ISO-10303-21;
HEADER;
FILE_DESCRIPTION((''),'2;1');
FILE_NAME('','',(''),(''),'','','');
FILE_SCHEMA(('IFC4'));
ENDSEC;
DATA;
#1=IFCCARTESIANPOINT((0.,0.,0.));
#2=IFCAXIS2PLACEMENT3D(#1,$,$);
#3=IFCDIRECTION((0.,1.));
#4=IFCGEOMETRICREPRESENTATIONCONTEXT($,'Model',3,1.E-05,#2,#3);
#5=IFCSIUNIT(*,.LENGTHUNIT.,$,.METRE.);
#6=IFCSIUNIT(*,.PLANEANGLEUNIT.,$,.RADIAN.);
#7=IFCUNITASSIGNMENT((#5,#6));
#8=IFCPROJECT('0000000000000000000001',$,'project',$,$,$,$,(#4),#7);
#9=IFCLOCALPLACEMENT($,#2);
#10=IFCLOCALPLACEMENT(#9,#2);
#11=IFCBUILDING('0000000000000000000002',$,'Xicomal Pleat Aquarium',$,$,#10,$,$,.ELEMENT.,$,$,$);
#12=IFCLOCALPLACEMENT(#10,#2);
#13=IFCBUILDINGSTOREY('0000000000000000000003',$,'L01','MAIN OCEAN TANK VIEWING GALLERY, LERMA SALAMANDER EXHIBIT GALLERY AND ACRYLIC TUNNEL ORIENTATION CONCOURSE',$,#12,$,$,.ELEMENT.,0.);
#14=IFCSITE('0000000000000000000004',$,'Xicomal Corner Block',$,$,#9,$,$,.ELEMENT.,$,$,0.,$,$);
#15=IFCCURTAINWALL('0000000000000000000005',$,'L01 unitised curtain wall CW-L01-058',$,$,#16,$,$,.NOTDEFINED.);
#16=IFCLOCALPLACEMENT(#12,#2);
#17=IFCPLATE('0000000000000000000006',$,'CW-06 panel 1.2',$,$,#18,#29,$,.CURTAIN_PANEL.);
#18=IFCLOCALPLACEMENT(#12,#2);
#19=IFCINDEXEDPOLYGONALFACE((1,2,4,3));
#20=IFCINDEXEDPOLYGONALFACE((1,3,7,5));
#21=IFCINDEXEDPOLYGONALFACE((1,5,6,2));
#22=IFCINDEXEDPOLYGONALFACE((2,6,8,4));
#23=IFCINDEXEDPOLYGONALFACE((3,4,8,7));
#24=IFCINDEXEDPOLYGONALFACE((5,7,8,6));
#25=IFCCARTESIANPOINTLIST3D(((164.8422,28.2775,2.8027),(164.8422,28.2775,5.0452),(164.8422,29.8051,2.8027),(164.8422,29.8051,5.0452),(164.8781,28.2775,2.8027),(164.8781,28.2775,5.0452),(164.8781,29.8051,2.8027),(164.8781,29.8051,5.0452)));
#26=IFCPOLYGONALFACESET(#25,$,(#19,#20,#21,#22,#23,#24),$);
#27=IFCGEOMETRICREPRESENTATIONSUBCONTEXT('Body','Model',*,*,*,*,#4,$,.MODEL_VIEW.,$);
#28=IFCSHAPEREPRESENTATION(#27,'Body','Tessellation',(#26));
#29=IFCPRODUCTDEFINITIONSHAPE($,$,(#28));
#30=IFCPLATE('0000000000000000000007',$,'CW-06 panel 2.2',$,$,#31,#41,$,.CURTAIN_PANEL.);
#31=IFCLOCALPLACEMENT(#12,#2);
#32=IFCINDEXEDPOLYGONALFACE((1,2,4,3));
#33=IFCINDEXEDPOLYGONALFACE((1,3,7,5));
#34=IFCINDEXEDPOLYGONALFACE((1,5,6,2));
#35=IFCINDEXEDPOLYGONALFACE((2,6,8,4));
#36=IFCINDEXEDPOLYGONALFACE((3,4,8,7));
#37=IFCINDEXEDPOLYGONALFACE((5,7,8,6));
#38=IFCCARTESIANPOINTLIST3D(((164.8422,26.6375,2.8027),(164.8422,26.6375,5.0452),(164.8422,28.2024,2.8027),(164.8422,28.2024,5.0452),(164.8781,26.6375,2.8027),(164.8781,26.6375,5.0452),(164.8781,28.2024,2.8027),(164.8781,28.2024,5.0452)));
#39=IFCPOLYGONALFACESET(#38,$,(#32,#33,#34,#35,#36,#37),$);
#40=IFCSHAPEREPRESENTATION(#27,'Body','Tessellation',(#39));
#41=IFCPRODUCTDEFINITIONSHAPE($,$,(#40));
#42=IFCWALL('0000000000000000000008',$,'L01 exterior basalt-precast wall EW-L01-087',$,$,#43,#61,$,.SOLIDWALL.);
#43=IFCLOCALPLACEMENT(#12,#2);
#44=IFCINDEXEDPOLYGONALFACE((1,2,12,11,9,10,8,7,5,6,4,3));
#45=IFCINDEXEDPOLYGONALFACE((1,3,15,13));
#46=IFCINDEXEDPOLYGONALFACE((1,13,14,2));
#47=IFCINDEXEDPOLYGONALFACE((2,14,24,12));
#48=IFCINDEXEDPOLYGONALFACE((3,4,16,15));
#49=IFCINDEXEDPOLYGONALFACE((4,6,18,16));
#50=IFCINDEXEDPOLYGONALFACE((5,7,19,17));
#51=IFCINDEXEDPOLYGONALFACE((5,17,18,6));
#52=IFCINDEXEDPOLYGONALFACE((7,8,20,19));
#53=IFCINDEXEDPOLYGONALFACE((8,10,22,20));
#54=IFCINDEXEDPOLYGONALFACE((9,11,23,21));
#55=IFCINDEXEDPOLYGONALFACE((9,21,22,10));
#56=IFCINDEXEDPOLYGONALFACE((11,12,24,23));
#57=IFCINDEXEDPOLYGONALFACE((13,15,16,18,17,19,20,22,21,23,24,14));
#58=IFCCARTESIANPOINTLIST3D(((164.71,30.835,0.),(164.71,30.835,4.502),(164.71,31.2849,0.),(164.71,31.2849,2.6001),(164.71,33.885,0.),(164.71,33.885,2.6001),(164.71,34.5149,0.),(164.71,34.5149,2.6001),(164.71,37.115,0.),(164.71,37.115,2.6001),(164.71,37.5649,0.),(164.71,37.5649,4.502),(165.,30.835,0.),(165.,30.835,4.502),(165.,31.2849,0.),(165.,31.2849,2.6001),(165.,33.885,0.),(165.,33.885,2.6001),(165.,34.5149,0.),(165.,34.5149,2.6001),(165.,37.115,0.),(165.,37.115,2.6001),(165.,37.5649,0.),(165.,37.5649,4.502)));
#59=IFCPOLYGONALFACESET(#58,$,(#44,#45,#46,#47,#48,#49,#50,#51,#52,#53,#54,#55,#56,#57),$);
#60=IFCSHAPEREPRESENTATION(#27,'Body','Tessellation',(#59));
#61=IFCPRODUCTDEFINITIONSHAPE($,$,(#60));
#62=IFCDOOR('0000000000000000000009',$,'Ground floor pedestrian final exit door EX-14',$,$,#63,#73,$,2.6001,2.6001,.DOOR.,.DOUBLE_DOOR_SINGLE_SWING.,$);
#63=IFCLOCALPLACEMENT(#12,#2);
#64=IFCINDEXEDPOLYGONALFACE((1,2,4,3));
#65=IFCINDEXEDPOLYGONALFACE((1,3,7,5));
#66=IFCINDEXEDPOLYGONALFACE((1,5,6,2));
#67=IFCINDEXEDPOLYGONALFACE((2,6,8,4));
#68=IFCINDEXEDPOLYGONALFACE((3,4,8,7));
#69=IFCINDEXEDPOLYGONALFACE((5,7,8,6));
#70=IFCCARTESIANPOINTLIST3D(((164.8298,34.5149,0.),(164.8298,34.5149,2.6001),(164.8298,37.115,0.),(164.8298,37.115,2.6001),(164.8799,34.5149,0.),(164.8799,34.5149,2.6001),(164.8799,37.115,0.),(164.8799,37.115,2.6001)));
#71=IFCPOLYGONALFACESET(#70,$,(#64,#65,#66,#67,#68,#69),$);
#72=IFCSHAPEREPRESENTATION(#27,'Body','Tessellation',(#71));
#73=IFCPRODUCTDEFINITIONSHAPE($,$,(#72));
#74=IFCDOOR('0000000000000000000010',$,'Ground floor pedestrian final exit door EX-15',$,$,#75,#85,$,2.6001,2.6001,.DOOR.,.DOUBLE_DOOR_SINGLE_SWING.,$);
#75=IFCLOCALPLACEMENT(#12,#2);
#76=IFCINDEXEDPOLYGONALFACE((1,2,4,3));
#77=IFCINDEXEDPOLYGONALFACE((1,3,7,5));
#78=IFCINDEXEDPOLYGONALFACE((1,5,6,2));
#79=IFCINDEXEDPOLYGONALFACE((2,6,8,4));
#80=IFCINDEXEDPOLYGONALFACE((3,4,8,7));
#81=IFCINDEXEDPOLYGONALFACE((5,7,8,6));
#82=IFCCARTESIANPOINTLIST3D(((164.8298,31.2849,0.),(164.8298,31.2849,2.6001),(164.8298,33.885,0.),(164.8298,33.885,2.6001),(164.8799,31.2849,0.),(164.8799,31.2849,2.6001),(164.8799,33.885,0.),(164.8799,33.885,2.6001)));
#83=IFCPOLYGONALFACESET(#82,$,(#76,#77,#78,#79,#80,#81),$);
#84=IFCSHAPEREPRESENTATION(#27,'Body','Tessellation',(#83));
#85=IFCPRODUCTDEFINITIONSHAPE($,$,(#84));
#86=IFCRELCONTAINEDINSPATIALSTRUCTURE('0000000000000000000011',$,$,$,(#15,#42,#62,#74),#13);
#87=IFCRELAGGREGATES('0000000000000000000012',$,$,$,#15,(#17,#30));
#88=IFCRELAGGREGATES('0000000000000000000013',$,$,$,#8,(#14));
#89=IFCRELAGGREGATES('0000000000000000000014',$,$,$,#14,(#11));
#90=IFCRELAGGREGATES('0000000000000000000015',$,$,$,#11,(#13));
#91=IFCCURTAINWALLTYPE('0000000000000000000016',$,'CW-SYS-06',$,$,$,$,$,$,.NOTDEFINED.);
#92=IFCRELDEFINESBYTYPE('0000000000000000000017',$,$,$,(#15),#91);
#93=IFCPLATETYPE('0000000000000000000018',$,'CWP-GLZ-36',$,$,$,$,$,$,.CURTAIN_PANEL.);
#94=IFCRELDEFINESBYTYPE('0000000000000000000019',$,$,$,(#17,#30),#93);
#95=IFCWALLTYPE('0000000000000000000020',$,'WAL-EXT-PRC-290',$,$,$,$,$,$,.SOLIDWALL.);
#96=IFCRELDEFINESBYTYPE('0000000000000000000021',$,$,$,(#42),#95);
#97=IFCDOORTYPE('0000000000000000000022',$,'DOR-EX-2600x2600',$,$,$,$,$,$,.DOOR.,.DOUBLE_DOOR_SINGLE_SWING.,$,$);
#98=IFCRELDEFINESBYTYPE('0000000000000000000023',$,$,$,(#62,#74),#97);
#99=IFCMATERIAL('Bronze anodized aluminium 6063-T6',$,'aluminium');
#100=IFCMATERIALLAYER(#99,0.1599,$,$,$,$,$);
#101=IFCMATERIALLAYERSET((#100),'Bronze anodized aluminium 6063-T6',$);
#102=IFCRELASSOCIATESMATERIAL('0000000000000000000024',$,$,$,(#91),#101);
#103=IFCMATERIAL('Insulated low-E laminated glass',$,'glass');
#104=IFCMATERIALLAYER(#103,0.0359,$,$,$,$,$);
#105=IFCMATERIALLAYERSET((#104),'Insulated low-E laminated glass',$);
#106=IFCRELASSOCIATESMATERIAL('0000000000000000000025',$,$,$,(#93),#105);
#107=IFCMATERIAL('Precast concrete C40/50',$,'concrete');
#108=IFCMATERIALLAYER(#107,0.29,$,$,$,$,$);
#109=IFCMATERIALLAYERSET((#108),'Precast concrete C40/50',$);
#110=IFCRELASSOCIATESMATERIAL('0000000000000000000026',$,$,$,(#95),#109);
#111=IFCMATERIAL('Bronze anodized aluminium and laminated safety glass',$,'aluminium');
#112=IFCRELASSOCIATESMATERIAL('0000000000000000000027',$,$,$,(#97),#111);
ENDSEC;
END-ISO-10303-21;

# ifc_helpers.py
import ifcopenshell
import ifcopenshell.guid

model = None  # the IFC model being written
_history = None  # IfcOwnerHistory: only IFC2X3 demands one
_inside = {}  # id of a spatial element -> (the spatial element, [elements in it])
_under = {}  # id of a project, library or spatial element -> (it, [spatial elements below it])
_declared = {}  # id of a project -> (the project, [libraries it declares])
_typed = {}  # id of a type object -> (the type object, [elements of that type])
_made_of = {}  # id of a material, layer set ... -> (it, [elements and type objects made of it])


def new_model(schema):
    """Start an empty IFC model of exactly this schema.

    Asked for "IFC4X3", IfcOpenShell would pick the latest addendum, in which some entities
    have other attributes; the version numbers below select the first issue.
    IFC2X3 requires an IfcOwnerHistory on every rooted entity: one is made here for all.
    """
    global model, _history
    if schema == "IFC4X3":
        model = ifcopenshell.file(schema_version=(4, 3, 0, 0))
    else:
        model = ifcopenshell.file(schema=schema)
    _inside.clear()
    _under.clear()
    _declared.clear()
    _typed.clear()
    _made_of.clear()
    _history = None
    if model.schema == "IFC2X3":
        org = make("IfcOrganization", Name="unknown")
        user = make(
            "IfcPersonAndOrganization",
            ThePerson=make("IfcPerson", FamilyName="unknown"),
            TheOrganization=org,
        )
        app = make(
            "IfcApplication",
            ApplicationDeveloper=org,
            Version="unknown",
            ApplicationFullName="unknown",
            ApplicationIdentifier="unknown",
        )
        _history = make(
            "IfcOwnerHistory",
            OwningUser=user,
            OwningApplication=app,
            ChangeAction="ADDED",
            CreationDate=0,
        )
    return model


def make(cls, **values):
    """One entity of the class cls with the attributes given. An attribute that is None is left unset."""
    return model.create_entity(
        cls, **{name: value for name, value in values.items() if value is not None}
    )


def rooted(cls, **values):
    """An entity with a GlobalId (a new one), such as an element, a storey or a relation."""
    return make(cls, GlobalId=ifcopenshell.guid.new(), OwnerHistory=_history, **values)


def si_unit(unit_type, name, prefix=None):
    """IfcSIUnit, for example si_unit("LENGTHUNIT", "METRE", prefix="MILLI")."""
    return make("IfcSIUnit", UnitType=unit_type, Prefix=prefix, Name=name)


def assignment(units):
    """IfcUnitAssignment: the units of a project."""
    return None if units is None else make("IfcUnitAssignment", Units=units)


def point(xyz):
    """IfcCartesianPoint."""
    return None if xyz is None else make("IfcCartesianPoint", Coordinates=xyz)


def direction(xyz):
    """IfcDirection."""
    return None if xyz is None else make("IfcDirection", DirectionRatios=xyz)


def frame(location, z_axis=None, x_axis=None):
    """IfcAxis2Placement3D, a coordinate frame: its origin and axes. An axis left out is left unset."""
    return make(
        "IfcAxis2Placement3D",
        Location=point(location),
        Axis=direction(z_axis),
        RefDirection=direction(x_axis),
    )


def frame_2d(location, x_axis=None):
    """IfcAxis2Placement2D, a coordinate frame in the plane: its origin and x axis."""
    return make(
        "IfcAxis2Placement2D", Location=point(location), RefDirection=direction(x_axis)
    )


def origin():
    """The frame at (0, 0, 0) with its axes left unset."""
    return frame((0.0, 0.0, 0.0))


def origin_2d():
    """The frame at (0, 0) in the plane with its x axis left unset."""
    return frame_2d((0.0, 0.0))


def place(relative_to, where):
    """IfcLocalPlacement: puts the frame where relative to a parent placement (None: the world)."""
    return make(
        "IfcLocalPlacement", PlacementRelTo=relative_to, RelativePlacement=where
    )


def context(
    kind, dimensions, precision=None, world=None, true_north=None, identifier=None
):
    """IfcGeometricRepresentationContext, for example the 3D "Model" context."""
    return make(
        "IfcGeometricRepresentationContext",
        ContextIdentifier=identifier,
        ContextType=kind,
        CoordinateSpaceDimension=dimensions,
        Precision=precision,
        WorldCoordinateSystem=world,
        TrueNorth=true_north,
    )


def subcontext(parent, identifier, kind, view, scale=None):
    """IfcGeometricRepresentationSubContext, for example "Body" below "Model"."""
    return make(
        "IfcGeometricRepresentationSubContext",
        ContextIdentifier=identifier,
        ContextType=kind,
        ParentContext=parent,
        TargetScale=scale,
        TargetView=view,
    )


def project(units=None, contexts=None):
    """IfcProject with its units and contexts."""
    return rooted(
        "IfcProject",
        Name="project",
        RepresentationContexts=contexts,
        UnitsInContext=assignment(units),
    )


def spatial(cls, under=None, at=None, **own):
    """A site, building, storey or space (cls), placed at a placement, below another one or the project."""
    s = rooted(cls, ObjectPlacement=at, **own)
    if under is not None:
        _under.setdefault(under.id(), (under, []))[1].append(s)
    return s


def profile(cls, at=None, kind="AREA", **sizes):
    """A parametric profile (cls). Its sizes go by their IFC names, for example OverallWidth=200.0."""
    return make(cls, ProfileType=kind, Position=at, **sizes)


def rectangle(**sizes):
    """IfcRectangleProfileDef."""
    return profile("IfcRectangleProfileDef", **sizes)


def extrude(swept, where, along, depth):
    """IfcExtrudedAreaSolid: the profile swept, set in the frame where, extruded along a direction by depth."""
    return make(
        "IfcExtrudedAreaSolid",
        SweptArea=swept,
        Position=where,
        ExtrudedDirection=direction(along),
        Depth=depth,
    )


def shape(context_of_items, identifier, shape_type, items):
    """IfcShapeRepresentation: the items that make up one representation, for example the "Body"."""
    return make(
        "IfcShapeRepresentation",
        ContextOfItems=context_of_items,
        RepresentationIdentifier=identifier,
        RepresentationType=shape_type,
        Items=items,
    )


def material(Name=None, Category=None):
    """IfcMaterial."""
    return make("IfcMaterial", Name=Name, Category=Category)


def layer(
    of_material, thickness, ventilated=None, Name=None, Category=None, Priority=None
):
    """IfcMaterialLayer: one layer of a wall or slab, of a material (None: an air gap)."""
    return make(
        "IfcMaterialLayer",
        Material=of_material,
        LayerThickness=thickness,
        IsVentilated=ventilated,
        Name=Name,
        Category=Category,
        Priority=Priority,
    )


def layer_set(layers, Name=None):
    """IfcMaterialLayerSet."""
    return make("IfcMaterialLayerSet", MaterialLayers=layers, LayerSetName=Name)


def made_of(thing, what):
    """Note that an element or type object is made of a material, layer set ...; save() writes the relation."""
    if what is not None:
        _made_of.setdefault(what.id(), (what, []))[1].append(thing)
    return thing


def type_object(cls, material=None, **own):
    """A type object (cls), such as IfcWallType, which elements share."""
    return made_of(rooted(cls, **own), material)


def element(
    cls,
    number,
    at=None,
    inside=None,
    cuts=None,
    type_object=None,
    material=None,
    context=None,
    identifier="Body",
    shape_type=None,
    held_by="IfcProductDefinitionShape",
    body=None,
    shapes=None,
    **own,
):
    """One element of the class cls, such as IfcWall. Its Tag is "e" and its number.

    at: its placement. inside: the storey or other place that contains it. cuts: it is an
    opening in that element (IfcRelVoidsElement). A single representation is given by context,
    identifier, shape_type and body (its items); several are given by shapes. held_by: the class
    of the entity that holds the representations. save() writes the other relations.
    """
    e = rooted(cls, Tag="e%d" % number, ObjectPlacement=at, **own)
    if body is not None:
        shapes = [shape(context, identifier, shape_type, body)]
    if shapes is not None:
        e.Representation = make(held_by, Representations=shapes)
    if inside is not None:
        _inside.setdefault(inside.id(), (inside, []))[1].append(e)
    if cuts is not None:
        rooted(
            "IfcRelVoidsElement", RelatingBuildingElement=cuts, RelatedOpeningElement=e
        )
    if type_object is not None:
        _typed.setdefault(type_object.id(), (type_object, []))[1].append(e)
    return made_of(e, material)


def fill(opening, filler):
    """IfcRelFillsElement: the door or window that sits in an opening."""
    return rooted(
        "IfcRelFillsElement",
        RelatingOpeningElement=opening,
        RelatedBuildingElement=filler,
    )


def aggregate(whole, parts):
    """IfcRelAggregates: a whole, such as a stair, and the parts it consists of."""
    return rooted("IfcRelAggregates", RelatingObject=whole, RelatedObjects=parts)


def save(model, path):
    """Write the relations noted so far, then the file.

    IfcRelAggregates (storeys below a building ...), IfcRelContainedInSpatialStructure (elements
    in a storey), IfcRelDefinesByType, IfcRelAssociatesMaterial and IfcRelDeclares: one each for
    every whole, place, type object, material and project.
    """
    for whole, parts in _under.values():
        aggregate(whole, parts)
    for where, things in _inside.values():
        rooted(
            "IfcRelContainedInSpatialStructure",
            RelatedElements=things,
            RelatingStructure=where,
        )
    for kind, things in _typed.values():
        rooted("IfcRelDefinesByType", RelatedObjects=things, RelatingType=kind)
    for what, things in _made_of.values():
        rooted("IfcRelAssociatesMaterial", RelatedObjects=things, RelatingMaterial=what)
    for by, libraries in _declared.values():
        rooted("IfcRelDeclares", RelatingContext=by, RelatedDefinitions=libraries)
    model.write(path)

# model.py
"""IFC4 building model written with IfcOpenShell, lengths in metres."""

from ifc_helpers import new_model, si_unit, direction, frame, frame_2d, origin, origin_2d, place, context, subcontext, project, spatial, rectangle, extrude, material, layer, layer_set, type_object, element, fill, aggregate, save


model = new_model("IFC4")

# Units and contexts
model_context = context("Model", 3, precision=1e-05, world=origin(), true_north=direction((0.0, 1.0)))
body_context = subcontext(model_context, "Body", "Model", "MODEL_VIEW")
ifc_project = project(units=[si_unit("LENGTHUNIT", "METRE"), si_unit("PLANEANGLEUNIT", "RADIAN")], contexts=[model_context])

# Site, building, storey
site_placement = place(None, origin())
site = spatial("IfcSite", under=ifc_project, at=site_placement, Name="Xicomal Corner Block", CompositionType="ELEMENT", RefElevation=0.0)
building_placement = place(site_placement, origin())
building = spatial("IfcBuilding", under=site, at=building_placement, Name="Xicomal Pleat Aquarium", CompositionType="ELEMENT")
storey_placement = place(building_placement, origin())
storey = spatial("IfcBuildingStorey", under=building, at=storey_placement, Name="L01", Description="MAIN OCEAN TANK VIEWING GALLERY, LERMA SALAMANDER EXHIBIT GALLERY AND ACRYLIC TUNNEL ORIENTATION CONCOURSE", CompositionType="ELEMENT", Elevation=0.0)

# Curtain wall
ifc_material_1 = material(Name="Bronze anodized aluminium 6063-T6", Category="aluminium")
ifc_layer_1 = layer(ifc_material_1, 0.1599)
ifc_layer_set_1 = layer_set([ifc_layer_1], Name="Bronze anodized aluminium 6063-T6")
curtain_wall_type_1 = type_object("IfcCurtainWallType", Name="CW-SYS-06", PredefinedType="NOTDEFINED", material=ifc_layer_set_1)
curtain_wall_1_placement = place(storey_placement, origin())
curtain_wall_1 = element("IfcCurtainWall", 1, at=curtain_wall_1_placement, inside=storey, type_object=curtain_wall_type_1, Name="L01 unitised curtain wall CW-L01-058", PredefinedType="NOTDEFINED")

# Plates
ifc_material_2 = material(Name="Insulated low-E laminated glass", Category="glass")
ifc_layer_2 = layer(ifc_material_2, 0.0359)
ifc_layer_set_2 = layer_set([ifc_layer_2], Name="Insulated low-E laminated glass")
plate_type_1 = type_object("IfcPlateType", Name="CWP-GLZ-36", PredefinedType="CURTAIN_PANEL", material=ifc_layer_set_2)
plate_1_placement = place(storey_placement, frame((164.8601, 29.0413, 2.8027), z_axis=(0.0, 0.0, 1.0), x_axis=(0.0, -1.0, 0.0)))
plate_1 = element("IfcPlate", 2, at=plate_1_placement, type_object=plate_type_1, Name="CW-06 panel 1.2", PredefinedType="CURTAIN_PANEL", context=body_context, shape_type="SweptSolid", body=[
    extrude(rectangle(XDim=1.5276, YDim=0.0359, at=origin_2d()), origin(), (0.0, 0.0, 1.0), 2.2424),
])
plate_2_placement = place(storey_placement, frame((164.8601, 27.4199, 2.8027), z_axis=(0.0, 0.0, 1.0), x_axis=(0.0, -1.0, 0.0)))
plate_2 = element("IfcPlate", 3, at=plate_2_placement, type_object=plate_type_1, Name="CW-06 panel 2.2", PredefinedType="CURTAIN_PANEL", context=body_context, shape_type="SweptSolid", body=[
    extrude(rectangle(XDim=1.5649, YDim=0.0359, at=origin_2d()), origin(), (0.0, 0.0, 1.0), 2.2424),
])
aggregate(curtain_wall_1, [plate_1, plate_2])

# Wall, openings, doors
ifc_material_3 = material(Name="Precast concrete C40/50", Category="concrete")
ifc_layer_3 = layer(ifc_material_3, 0.29)
ifc_layer_set_3 = layer_set([ifc_layer_3], Name="Precast concrete C40/50")
wall_type = type_object("IfcWallType", Name="WAL-EXT-PRC-290", PredefinedType="SOLIDWALL", material=ifc_layer_set_3)
wall_placement = place(storey_placement, frame((164.855, 37.5649, 0.0), z_axis=(0.0, 0.0, 1.0), x_axis=(0.0, -1.0, 0.0)))
wall = element("IfcWall", 4, at=wall_placement, inside=storey, type_object=wall_type, Name="L01 exterior basalt-precast wall EW-L01-087", PredefinedType="SOLIDWALL", context=body_context, shape_type="SweptSolid", body=[
    extrude(rectangle(XDim=6.73, YDim=0.29, at=frame_2d((3.365, 0.0))), origin(), (0.0, 0.0, 1.0), 4.502),
])
opening_1_placement = place(wall_placement, frame((0.45, 0.0, 0.0)))
opening_1 = element("IfcOpeningElement", 5, at=opening_1_placement, cuts=wall, PredefinedType="OPENING", context=body_context, shape_type="SweptSolid", body=[
    extrude(rectangle(XDim=2.6001, YDim=2.6001, at=frame_2d((1.3, 1.3))), frame((0.0, 0.155, 0.0), z_axis=(0.0, -1.0, 0.0), x_axis=(1.0, 0.0, 0.0)), (0.0, 0.0, 1.0), 0.3101),
])
opening_2_placement = place(wall_placement, frame((3.6799, 0.0, 0.0)))
opening_2 = element("IfcOpeningElement", 6, at=opening_2_placement, cuts=wall, PredefinedType="OPENING", context=body_context, shape_type="SweptSolid", body=[
    extrude(rectangle(XDim=2.6001, YDim=2.6001, at=frame_2d((1.3, 1.3))), frame((0.0, 0.155, 0.0), z_axis=(0.0, -1.0, 0.0), x_axis=(1.0, 0.0, 0.0)), (0.0, 0.0, 1.0), 0.3101),
])
ifc_material_4 = material(Name="Bronze anodized aluminium and laminated safety glass", Category="aluminium")
door_type = type_object("IfcDoorType", Name="DOR-EX-2600x2600", OperationType="DOUBLE_DOOR_SINGLE_SWING", PredefinedType="DOOR", material=ifc_material_4)
door_1_placement = place(opening_1_placement, origin())
door_1 = element("IfcDoor", 7, at=door_1_placement, inside=storey, type_object=door_type, Name="Ground floor pedestrian final exit door EX-14", OperationType="DOUBLE_DOOR_SINGLE_SWING", OverallHeight=2.6001, OverallWidth=2.6001, PredefinedType="DOOR", context=body_context, shape_type="SweptSolid", body=[
    extrude(rectangle(XDim=2.6001, YDim=2.6001, at=frame_2d((1.3, 1.3))), frame((0.0, 0.0249, 0.0), z_axis=(0.0, -1.0, 0.0), x_axis=(1.0, 0.0, 0.0)), (0.0, 0.0, 1.0), 0.05),
])
fill(opening_1, door_1)
door_2_placement = place(opening_2_placement, origin())
door_2 = element("IfcDoor", 8, at=door_2_placement, inside=storey, type_object=door_type, Name="Ground floor pedestrian final exit door EX-15", OperationType="DOUBLE_DOOR_SINGLE_SWING", OverallHeight=2.6001, OverallWidth=2.6001, PredefinedType="DOOR", context=body_context, shape_type="SweptSolid", body=[
    extrude(rectangle(XDim=2.6001, YDim=2.6001, at=frame_2d((1.3, 1.3))), frame((0.0, 0.0249, 0.0), z_axis=(0.0, -1.0, 0.0), x_axis=(1.0, 0.0, 0.0)), (0.0, 0.0, 1.0), 0.05),
])
fill(opening_2, door_2)

save(model, "model.ifc")
